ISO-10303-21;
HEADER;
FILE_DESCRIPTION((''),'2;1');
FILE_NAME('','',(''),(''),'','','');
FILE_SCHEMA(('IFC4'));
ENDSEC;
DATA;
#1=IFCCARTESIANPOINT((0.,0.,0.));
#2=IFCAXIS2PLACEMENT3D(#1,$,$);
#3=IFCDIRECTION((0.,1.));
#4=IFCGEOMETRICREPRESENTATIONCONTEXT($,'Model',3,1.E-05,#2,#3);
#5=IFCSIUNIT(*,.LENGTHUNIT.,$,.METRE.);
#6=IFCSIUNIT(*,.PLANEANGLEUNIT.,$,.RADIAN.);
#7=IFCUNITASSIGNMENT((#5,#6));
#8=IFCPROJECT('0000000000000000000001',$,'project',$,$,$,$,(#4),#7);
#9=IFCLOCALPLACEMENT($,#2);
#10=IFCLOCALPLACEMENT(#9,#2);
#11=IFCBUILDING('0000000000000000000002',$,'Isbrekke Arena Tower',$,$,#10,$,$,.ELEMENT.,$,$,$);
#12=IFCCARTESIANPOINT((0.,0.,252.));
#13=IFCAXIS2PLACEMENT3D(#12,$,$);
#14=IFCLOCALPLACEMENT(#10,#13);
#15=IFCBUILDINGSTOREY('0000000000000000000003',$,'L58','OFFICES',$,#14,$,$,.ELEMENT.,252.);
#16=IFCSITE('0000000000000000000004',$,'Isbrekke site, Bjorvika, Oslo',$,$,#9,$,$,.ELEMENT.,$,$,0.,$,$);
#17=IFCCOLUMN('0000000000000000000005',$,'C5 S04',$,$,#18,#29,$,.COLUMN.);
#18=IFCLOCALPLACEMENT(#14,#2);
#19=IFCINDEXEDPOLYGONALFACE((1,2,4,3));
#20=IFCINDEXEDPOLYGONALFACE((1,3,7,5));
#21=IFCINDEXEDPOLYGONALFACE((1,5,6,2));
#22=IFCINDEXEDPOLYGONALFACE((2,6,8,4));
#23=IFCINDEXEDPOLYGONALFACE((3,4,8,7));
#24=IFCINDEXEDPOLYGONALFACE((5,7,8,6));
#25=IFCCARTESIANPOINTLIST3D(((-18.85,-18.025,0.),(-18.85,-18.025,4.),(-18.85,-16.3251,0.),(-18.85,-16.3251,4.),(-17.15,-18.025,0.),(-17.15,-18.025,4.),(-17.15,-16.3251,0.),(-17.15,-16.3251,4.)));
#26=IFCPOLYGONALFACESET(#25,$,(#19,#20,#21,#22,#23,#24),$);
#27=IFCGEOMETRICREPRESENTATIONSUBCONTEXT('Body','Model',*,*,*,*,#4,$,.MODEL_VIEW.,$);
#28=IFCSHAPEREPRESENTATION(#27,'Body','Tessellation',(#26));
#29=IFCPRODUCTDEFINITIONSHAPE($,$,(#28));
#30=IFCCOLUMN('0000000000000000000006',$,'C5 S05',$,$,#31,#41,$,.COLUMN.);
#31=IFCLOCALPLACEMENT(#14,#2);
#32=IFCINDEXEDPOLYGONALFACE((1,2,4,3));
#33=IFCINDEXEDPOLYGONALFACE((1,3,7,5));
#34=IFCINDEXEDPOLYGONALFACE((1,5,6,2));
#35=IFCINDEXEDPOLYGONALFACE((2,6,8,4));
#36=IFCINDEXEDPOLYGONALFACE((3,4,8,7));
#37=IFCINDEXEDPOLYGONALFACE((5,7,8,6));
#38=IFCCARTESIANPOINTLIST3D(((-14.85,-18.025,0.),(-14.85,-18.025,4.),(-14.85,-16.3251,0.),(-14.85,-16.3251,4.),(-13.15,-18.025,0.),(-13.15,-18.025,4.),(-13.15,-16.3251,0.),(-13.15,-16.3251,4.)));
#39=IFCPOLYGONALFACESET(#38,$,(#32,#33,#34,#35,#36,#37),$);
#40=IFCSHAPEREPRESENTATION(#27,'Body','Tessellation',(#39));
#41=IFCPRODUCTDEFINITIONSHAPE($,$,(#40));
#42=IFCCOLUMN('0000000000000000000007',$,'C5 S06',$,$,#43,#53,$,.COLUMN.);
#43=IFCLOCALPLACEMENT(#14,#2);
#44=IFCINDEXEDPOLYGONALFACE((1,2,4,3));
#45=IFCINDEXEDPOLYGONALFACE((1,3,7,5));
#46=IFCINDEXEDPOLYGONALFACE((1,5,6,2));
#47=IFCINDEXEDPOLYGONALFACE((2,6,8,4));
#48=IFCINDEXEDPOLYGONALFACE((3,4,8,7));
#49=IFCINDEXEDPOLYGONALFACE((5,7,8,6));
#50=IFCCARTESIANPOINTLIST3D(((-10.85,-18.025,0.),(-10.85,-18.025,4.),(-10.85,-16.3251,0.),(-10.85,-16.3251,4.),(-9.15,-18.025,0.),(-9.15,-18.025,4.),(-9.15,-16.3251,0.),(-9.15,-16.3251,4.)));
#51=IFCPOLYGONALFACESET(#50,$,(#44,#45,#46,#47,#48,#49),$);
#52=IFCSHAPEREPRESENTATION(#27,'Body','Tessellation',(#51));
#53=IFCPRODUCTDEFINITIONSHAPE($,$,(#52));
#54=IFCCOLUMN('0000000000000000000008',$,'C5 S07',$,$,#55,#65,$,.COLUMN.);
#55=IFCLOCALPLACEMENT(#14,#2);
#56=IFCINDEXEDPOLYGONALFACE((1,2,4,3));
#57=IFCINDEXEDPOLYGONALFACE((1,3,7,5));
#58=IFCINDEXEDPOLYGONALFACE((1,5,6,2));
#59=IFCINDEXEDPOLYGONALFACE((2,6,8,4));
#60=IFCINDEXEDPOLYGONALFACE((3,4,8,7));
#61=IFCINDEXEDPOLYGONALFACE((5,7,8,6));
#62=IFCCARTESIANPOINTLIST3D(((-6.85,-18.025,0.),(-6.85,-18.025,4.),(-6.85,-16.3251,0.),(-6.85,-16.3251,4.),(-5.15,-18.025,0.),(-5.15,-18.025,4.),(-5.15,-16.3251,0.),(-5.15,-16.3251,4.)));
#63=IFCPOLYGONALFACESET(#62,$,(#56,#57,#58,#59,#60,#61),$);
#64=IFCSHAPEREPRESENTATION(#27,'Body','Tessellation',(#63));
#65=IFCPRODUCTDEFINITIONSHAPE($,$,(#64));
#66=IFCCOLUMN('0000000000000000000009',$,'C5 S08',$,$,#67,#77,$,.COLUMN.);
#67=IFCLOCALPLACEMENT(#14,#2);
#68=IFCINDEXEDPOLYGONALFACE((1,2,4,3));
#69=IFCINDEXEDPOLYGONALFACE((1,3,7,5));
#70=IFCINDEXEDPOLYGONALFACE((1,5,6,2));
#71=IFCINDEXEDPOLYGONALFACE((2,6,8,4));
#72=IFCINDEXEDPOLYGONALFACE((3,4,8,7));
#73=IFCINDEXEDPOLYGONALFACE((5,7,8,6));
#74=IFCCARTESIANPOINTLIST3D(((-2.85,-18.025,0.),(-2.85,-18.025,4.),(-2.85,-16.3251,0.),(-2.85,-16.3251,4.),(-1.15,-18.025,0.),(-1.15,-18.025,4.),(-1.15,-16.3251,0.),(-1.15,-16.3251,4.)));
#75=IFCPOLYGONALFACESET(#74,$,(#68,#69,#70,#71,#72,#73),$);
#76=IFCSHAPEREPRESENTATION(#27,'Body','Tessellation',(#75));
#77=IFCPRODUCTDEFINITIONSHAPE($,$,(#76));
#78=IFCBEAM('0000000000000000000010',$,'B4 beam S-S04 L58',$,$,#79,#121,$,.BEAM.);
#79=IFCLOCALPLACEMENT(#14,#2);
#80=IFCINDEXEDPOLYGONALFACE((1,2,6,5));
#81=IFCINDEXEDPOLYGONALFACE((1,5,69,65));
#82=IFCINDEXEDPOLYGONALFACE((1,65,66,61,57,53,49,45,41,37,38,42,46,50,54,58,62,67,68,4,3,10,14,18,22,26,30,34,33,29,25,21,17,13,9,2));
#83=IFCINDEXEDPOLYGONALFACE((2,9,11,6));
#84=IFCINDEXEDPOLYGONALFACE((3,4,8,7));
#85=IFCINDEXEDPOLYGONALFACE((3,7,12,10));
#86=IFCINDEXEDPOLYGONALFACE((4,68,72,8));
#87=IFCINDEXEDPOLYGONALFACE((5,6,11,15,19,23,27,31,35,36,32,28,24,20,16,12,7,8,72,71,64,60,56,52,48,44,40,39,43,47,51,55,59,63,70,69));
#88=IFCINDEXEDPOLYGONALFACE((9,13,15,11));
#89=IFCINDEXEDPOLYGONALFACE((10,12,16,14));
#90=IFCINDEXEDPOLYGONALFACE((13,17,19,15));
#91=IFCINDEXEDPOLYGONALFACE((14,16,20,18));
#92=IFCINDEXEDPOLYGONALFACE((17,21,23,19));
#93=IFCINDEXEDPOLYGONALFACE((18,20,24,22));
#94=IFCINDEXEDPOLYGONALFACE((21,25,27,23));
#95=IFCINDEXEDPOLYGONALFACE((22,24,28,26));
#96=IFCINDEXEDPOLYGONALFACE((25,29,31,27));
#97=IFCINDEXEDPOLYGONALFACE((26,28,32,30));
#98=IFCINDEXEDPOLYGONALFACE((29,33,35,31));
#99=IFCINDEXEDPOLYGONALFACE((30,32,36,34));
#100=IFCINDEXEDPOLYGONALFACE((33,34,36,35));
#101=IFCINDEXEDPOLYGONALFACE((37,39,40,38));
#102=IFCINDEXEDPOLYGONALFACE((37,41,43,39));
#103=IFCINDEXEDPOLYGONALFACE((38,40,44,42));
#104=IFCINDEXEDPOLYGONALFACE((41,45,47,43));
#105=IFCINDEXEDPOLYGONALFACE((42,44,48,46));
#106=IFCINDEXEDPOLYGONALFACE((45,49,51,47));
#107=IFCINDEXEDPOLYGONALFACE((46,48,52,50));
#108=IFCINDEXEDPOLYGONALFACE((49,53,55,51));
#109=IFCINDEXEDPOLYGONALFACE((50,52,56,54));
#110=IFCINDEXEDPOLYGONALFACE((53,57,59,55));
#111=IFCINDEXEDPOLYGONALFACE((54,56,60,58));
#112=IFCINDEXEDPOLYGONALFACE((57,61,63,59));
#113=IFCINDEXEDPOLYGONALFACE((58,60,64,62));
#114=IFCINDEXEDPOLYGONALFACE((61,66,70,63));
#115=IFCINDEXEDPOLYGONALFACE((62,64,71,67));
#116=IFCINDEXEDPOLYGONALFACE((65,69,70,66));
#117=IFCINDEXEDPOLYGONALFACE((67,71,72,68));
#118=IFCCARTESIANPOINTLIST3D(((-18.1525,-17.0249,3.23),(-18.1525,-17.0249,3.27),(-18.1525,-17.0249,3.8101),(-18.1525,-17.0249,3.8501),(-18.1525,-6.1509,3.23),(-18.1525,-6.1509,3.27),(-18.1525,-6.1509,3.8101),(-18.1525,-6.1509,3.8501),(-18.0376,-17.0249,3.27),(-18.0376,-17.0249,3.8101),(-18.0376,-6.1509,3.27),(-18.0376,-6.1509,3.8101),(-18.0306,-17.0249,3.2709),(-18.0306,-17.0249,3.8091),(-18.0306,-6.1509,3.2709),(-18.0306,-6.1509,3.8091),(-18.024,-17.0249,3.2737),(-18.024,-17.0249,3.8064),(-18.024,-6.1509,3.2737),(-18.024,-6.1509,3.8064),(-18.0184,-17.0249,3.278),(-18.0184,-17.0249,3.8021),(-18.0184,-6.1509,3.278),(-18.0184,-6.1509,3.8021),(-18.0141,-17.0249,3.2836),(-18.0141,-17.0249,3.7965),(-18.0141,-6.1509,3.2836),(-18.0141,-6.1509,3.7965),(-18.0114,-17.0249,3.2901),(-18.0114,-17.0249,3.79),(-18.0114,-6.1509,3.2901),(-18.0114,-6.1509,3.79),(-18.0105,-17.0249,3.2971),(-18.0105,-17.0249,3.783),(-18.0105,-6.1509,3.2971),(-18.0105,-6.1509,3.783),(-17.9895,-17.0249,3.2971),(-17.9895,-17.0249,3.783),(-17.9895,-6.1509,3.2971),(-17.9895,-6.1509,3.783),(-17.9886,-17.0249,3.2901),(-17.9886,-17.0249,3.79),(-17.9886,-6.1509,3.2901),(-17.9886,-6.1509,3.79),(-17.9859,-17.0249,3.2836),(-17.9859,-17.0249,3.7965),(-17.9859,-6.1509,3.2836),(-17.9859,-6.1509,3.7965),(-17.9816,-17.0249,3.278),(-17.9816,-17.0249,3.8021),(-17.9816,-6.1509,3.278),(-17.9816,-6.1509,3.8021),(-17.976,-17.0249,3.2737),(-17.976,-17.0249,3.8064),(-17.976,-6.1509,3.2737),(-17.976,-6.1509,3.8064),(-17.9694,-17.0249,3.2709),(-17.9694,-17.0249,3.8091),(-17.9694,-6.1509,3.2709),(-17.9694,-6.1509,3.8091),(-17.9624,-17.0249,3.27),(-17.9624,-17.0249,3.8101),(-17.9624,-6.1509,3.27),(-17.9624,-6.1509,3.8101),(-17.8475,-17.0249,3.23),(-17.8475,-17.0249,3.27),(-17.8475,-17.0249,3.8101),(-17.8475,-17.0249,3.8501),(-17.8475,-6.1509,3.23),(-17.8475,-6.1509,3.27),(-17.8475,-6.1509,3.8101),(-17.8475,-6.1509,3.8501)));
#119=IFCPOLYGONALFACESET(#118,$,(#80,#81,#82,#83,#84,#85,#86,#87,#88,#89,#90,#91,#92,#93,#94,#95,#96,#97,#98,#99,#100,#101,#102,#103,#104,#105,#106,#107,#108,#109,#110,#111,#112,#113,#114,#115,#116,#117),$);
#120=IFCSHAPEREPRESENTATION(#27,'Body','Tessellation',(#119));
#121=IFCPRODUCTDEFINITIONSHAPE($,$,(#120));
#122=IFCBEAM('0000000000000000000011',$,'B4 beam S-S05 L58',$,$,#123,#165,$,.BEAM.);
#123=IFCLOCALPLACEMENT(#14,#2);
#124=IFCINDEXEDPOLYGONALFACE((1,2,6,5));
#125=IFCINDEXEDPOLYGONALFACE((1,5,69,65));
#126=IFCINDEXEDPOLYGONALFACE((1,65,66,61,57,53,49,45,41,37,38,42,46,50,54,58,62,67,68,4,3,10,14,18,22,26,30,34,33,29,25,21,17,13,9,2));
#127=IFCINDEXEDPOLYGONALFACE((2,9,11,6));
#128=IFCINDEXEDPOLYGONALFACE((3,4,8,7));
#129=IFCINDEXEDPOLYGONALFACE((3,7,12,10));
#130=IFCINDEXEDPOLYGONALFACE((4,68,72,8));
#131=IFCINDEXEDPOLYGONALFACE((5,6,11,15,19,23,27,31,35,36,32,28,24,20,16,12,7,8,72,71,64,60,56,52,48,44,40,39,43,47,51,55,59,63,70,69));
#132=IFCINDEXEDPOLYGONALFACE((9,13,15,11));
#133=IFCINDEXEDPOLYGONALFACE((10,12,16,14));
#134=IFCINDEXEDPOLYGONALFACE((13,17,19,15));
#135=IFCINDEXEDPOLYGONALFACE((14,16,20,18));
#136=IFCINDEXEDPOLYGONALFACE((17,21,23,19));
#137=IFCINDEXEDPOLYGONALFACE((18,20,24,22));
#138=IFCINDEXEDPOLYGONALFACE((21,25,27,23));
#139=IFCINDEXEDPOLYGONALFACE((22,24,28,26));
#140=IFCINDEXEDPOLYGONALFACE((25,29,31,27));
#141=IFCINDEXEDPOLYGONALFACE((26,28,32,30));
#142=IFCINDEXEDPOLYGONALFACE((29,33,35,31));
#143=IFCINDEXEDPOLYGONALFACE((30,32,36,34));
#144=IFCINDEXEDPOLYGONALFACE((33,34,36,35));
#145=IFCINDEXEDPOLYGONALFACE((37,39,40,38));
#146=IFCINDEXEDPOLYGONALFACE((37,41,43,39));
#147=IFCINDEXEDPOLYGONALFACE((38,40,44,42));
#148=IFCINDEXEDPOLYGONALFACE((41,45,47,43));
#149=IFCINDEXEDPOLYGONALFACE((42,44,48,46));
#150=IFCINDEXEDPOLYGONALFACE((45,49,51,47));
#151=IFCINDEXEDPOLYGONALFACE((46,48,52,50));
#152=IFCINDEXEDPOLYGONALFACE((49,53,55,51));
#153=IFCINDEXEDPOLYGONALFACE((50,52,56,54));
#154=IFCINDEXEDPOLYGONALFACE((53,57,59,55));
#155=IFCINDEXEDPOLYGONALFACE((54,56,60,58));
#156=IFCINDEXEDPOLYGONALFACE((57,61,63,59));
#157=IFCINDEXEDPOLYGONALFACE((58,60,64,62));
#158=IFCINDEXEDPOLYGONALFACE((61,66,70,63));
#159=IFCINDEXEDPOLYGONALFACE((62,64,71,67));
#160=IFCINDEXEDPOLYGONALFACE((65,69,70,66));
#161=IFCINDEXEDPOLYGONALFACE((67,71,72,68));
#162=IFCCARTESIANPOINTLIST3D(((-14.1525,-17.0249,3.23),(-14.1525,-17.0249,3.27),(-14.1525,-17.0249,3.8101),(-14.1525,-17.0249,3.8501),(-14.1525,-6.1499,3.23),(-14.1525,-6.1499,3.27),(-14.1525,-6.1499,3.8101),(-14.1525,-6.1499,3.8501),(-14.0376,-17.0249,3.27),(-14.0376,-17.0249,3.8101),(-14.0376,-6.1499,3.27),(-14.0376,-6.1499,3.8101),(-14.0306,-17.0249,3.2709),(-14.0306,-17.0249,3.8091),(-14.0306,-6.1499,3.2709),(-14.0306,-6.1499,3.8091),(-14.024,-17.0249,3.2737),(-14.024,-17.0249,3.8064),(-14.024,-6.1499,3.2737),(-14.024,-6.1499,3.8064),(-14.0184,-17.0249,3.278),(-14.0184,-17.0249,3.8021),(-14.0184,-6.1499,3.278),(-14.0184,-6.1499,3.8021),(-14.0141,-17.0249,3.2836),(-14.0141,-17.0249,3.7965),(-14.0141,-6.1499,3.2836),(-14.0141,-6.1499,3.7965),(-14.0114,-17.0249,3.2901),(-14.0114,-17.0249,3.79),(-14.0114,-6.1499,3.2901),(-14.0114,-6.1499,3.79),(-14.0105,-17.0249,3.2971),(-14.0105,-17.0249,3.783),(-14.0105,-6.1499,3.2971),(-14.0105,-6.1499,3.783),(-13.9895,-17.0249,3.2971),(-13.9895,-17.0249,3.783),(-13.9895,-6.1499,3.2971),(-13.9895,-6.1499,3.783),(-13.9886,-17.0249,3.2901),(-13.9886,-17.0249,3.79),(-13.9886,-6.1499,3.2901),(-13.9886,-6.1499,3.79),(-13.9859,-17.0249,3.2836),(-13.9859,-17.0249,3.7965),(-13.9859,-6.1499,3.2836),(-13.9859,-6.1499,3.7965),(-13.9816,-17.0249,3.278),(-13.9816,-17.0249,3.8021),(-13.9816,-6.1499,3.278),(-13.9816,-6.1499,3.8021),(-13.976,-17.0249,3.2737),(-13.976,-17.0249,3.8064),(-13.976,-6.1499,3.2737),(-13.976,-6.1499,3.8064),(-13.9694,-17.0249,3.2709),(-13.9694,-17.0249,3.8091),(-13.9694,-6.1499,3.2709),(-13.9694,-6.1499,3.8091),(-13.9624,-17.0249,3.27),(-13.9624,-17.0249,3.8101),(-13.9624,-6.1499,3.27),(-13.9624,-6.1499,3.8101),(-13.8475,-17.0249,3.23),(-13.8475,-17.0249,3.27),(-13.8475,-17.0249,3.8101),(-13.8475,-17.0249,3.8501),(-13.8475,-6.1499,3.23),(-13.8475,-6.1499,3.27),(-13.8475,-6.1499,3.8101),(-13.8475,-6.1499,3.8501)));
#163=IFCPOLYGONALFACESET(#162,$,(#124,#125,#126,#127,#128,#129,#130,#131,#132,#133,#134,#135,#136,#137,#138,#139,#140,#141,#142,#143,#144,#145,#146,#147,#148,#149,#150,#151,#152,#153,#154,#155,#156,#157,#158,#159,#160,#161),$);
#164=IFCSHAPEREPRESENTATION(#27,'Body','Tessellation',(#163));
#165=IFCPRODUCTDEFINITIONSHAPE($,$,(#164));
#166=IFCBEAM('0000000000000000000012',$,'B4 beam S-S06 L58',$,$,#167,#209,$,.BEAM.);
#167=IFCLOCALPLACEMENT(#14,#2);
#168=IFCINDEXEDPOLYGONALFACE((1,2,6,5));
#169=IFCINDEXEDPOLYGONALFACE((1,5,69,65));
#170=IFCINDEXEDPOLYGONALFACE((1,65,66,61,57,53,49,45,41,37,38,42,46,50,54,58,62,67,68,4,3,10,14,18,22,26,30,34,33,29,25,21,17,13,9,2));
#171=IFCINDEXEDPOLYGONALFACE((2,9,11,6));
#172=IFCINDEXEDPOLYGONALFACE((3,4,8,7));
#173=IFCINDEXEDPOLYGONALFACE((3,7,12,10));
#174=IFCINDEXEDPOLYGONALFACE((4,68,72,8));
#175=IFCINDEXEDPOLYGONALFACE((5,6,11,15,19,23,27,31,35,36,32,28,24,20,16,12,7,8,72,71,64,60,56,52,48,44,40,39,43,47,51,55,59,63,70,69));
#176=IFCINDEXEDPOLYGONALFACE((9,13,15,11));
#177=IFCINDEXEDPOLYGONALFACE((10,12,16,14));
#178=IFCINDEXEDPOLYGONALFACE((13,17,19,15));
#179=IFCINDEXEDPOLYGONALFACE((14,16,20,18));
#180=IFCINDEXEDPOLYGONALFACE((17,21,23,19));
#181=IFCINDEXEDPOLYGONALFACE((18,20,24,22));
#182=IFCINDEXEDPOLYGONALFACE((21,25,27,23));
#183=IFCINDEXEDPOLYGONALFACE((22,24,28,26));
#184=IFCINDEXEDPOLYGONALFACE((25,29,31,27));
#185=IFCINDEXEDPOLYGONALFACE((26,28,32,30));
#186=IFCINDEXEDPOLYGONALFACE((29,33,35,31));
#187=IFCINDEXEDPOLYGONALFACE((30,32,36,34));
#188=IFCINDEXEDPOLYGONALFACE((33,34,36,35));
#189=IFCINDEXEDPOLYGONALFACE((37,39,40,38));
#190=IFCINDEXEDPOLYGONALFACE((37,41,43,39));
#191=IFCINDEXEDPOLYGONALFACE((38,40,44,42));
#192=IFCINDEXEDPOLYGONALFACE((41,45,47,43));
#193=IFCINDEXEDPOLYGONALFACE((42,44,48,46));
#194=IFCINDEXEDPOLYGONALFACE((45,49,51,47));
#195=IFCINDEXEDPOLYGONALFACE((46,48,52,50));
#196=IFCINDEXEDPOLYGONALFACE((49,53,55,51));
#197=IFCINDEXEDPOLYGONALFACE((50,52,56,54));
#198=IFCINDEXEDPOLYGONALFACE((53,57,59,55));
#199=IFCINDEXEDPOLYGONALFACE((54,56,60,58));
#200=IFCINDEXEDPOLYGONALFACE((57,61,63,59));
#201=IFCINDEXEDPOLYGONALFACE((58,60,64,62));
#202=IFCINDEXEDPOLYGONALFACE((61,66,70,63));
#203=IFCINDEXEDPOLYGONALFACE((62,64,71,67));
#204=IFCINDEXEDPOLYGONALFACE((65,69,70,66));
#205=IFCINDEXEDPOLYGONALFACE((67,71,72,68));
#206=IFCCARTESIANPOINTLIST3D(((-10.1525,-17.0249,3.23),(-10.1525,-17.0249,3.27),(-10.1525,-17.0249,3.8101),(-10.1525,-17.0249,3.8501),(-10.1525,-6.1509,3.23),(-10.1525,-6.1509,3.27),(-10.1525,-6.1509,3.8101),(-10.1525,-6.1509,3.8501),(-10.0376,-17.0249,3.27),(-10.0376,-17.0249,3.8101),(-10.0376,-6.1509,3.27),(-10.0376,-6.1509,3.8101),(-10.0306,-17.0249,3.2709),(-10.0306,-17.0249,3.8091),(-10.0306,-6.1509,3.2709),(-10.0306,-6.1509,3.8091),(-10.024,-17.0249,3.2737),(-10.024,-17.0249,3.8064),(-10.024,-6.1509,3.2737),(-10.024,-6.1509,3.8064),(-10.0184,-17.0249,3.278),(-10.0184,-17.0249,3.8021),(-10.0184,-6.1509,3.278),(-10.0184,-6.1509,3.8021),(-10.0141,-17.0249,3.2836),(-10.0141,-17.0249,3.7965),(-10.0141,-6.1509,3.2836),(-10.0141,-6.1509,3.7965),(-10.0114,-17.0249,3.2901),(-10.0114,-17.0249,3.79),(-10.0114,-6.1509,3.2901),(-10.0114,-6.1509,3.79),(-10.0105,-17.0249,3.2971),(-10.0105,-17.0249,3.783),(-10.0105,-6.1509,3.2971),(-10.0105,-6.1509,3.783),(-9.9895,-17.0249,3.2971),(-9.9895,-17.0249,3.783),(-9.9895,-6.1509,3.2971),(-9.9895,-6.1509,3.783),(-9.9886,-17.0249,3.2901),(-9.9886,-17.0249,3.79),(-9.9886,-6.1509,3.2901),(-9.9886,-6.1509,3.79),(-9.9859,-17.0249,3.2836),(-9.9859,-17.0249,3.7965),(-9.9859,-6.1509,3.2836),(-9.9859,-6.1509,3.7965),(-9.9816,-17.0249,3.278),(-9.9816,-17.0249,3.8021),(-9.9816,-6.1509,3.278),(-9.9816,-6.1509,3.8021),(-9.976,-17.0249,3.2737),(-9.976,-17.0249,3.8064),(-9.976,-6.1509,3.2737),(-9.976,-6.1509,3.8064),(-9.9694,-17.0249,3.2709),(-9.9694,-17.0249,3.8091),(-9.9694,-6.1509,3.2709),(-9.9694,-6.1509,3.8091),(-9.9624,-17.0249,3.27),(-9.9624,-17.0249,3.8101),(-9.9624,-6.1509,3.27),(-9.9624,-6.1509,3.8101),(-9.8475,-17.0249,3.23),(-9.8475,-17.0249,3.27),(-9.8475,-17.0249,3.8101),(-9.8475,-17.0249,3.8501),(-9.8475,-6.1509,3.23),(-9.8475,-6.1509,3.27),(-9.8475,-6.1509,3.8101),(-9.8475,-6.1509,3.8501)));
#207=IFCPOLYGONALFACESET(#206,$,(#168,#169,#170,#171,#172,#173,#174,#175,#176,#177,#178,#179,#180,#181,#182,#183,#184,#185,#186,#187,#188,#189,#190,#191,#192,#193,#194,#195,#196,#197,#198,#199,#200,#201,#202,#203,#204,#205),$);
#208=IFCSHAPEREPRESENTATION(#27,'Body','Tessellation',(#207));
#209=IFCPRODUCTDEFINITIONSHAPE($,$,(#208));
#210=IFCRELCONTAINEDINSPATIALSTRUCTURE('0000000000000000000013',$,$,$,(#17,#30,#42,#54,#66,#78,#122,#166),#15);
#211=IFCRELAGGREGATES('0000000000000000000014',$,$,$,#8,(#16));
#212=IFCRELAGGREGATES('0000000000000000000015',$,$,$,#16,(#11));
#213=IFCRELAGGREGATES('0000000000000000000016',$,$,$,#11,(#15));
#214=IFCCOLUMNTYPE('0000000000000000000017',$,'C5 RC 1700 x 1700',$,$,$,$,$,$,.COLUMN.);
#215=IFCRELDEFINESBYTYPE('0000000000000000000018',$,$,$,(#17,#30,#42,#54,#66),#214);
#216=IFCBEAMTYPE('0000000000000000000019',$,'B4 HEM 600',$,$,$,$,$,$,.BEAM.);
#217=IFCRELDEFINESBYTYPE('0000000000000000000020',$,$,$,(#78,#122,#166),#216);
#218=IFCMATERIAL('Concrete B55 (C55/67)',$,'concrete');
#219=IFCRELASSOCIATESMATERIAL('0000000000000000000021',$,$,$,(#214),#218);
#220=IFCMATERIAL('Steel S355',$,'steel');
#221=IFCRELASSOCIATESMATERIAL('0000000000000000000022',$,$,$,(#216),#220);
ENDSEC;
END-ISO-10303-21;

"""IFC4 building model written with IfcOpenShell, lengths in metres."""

from ifc_helpers import new_model, si_unit, direction, frame, origin, origin_2d, place, context, subcontext, project, spatial, rectangle, i_section, extrude, material, material_profile, profile_set, type_object, element, save


model = new_model("IFC4")

# Units and contexts
model_context = context("Model", 3, precision=1e-05, world=origin(), true_north=direction((0.0, 1.0)))
body_context = subcontext(model_context, "Body", "Model", "MODEL_VIEW")
ifc_project = project(units=[si_unit("LENGTHUNIT", "METRE"), si_unit("PLANEANGLEUNIT", "RADIAN")], contexts=[model_context])

# Site, building, storey
site_placement = place(None, origin())
site = spatial("IfcSite", under=ifc_project, at=site_placement, Name="Isbrekke site, Bjorvika, Oslo", CompositionType="ELEMENT", RefElevation=0.0)
building_placement = place(site_placement, origin())
building = spatial("IfcBuilding", under=site, at=building_placement, Name="Isbrekke Arena Tower", CompositionType="ELEMENT")
storey_placement = place(building_placement, frame((0.0, 0.0, 252.0)))
storey = spatial("IfcBuildingStorey", under=building, at=storey_placement, Name="L58", Description="OFFICES", CompositionType="ELEMENT", Elevation=252.0)

# Columns
ifc_material_1 = material(Name="Concrete B55 (C55/67)", Category="concrete")
ifc_material_profile_1 = material_profile(ifc_material_1, rectangle(XDim=1.7, YDim=1.7, at=origin_2d()), Name="RC 1700x1700")
ifc_profile_set_1 = profile_set([ifc_material_profile_1], Name="Concrete B55 (C55/67)")
column_type = type_object("IfcColumnType", Name="C5 RC 1700 x 1700", PredefinedType="COLUMN", material=ifc_profile_set_1)
for number, where, z_axis, x_axis, name in (
    (1, (-18.0, -17.175, 0.0), (0.0, 0.0, 1.0), (1.0, 0.0, 0.0), "C5 S04"),
    (2, (-14.0, -17.175, 0.0), (0.0, 0.0, 1.0), (1.0, 0.0, 0.0), "C5 S05"),
    (3, (-10.0, -17.175, 0.0), (0.0, 0.0, 1.0), (1.0, 0.0, 0.0), "C5 S06"),
    (4, (-6.0, -17.175, 0.0), (0.0, 0.0, 1.0), (1.0, 0.0, 0.0), "C5 S07"),
    (5, (-2.0, -17.175, 0.0), (0.0, 0.0, 1.0), (1.0, 0.0, 0.0), "C5 S08"),
):
    element("IfcColumn", number, at=place(storey_placement, frame(where, z_axis=z_axis, x_axis=x_axis)), inside=storey, type_object=column_type, Name=name, PredefinedType="COLUMN", context=body_context, shape_type="SweptSolid", body=[
        extrude(rectangle(XDim=1.7, YDim=1.7, at=origin_2d()), origin(), (0.0, 0.0, 1.0), 4.0),
    ])

# Beams
ifc_material_2 = material(Name="Steel S355", Category="steel")
ifc_material_profile_2 = material_profile(ifc_material_2, i_section(OverallWidth=0.3049, OverallDepth=0.6201, WebThickness=0.021, FlangeThickness=0.04, FilletRadius=0.0271, at=origin_2d()), Name="HEM 600")
ifc_profile_set_2 = profile_set([ifc_material_profile_2], Name="Steel S355")
beam_type_1 = type_object("IfcBeamType", Name="B4 HEM 600", PredefinedType="BEAM", material=ifc_profile_set_2)
beam_1_placement = place(storey_placement, frame((-18.0, -17.0249, 3.54), z_axis=(0.0, 1.0, 0.0), x_axis=(-1.0, 0.0, 0.0)))
element("IfcBeam", 6, at=beam_1_placement, inside=storey, type_object=beam_type_1, Name="B4 beam S-S04 L58", PredefinedType="BEAM", context=body_context, shape_type="SweptSolid", body=[
    extrude(i_section(OverallWidth=0.3049, OverallDepth=0.6201, WebThickness=0.021, FlangeThickness=0.04, FilletRadius=0.0271, at=origin_2d()), origin(), (0.0, 0.0, 1.0), 10.874),
])
beam_2_placement = place(storey_placement, frame((-14.0, -17.0249, 3.54), z_axis=(0.0, 1.0, 0.0), x_axis=(-1.0, 0.0, 0.0)))
element("IfcBeam", 7, at=beam_2_placement, inside=storey, type_object=beam_type_1, Name="B4 beam S-S05 L58", PredefinedType="BEAM", context=body_context, shape_type="SweptSolid", body=[
    extrude(i_section(OverallWidth=0.3049, OverallDepth=0.6201, WebThickness=0.021, FlangeThickness=0.04, FilletRadius=0.0271, at=origin_2d()), origin(), (0.0, 0.0, 1.0), 10.875),
])
beam_3_placement = place(storey_placement, frame((-10.0, -17.0249, 3.54), z_axis=(0.0, 1.0, 0.0), x_axis=(-1.0, 0.0, 0.0)))
element("IfcBeam", 8, at=beam_3_placement, inside=storey, type_object=beam_type_1, Name="B4 beam S-S06 L58", PredefinedType="BEAM", context=body_context, shape_type="SweptSolid", body=[
    extrude(i_section(OverallWidth=0.3049, OverallDepth=0.6201, WebThickness=0.021, FlangeThickness=0.04, FilletRadius=0.0271, at=origin_2d()), origin(), (0.0, 0.0, 1.0), 10.874),
])

save(model, "model.ifc")
